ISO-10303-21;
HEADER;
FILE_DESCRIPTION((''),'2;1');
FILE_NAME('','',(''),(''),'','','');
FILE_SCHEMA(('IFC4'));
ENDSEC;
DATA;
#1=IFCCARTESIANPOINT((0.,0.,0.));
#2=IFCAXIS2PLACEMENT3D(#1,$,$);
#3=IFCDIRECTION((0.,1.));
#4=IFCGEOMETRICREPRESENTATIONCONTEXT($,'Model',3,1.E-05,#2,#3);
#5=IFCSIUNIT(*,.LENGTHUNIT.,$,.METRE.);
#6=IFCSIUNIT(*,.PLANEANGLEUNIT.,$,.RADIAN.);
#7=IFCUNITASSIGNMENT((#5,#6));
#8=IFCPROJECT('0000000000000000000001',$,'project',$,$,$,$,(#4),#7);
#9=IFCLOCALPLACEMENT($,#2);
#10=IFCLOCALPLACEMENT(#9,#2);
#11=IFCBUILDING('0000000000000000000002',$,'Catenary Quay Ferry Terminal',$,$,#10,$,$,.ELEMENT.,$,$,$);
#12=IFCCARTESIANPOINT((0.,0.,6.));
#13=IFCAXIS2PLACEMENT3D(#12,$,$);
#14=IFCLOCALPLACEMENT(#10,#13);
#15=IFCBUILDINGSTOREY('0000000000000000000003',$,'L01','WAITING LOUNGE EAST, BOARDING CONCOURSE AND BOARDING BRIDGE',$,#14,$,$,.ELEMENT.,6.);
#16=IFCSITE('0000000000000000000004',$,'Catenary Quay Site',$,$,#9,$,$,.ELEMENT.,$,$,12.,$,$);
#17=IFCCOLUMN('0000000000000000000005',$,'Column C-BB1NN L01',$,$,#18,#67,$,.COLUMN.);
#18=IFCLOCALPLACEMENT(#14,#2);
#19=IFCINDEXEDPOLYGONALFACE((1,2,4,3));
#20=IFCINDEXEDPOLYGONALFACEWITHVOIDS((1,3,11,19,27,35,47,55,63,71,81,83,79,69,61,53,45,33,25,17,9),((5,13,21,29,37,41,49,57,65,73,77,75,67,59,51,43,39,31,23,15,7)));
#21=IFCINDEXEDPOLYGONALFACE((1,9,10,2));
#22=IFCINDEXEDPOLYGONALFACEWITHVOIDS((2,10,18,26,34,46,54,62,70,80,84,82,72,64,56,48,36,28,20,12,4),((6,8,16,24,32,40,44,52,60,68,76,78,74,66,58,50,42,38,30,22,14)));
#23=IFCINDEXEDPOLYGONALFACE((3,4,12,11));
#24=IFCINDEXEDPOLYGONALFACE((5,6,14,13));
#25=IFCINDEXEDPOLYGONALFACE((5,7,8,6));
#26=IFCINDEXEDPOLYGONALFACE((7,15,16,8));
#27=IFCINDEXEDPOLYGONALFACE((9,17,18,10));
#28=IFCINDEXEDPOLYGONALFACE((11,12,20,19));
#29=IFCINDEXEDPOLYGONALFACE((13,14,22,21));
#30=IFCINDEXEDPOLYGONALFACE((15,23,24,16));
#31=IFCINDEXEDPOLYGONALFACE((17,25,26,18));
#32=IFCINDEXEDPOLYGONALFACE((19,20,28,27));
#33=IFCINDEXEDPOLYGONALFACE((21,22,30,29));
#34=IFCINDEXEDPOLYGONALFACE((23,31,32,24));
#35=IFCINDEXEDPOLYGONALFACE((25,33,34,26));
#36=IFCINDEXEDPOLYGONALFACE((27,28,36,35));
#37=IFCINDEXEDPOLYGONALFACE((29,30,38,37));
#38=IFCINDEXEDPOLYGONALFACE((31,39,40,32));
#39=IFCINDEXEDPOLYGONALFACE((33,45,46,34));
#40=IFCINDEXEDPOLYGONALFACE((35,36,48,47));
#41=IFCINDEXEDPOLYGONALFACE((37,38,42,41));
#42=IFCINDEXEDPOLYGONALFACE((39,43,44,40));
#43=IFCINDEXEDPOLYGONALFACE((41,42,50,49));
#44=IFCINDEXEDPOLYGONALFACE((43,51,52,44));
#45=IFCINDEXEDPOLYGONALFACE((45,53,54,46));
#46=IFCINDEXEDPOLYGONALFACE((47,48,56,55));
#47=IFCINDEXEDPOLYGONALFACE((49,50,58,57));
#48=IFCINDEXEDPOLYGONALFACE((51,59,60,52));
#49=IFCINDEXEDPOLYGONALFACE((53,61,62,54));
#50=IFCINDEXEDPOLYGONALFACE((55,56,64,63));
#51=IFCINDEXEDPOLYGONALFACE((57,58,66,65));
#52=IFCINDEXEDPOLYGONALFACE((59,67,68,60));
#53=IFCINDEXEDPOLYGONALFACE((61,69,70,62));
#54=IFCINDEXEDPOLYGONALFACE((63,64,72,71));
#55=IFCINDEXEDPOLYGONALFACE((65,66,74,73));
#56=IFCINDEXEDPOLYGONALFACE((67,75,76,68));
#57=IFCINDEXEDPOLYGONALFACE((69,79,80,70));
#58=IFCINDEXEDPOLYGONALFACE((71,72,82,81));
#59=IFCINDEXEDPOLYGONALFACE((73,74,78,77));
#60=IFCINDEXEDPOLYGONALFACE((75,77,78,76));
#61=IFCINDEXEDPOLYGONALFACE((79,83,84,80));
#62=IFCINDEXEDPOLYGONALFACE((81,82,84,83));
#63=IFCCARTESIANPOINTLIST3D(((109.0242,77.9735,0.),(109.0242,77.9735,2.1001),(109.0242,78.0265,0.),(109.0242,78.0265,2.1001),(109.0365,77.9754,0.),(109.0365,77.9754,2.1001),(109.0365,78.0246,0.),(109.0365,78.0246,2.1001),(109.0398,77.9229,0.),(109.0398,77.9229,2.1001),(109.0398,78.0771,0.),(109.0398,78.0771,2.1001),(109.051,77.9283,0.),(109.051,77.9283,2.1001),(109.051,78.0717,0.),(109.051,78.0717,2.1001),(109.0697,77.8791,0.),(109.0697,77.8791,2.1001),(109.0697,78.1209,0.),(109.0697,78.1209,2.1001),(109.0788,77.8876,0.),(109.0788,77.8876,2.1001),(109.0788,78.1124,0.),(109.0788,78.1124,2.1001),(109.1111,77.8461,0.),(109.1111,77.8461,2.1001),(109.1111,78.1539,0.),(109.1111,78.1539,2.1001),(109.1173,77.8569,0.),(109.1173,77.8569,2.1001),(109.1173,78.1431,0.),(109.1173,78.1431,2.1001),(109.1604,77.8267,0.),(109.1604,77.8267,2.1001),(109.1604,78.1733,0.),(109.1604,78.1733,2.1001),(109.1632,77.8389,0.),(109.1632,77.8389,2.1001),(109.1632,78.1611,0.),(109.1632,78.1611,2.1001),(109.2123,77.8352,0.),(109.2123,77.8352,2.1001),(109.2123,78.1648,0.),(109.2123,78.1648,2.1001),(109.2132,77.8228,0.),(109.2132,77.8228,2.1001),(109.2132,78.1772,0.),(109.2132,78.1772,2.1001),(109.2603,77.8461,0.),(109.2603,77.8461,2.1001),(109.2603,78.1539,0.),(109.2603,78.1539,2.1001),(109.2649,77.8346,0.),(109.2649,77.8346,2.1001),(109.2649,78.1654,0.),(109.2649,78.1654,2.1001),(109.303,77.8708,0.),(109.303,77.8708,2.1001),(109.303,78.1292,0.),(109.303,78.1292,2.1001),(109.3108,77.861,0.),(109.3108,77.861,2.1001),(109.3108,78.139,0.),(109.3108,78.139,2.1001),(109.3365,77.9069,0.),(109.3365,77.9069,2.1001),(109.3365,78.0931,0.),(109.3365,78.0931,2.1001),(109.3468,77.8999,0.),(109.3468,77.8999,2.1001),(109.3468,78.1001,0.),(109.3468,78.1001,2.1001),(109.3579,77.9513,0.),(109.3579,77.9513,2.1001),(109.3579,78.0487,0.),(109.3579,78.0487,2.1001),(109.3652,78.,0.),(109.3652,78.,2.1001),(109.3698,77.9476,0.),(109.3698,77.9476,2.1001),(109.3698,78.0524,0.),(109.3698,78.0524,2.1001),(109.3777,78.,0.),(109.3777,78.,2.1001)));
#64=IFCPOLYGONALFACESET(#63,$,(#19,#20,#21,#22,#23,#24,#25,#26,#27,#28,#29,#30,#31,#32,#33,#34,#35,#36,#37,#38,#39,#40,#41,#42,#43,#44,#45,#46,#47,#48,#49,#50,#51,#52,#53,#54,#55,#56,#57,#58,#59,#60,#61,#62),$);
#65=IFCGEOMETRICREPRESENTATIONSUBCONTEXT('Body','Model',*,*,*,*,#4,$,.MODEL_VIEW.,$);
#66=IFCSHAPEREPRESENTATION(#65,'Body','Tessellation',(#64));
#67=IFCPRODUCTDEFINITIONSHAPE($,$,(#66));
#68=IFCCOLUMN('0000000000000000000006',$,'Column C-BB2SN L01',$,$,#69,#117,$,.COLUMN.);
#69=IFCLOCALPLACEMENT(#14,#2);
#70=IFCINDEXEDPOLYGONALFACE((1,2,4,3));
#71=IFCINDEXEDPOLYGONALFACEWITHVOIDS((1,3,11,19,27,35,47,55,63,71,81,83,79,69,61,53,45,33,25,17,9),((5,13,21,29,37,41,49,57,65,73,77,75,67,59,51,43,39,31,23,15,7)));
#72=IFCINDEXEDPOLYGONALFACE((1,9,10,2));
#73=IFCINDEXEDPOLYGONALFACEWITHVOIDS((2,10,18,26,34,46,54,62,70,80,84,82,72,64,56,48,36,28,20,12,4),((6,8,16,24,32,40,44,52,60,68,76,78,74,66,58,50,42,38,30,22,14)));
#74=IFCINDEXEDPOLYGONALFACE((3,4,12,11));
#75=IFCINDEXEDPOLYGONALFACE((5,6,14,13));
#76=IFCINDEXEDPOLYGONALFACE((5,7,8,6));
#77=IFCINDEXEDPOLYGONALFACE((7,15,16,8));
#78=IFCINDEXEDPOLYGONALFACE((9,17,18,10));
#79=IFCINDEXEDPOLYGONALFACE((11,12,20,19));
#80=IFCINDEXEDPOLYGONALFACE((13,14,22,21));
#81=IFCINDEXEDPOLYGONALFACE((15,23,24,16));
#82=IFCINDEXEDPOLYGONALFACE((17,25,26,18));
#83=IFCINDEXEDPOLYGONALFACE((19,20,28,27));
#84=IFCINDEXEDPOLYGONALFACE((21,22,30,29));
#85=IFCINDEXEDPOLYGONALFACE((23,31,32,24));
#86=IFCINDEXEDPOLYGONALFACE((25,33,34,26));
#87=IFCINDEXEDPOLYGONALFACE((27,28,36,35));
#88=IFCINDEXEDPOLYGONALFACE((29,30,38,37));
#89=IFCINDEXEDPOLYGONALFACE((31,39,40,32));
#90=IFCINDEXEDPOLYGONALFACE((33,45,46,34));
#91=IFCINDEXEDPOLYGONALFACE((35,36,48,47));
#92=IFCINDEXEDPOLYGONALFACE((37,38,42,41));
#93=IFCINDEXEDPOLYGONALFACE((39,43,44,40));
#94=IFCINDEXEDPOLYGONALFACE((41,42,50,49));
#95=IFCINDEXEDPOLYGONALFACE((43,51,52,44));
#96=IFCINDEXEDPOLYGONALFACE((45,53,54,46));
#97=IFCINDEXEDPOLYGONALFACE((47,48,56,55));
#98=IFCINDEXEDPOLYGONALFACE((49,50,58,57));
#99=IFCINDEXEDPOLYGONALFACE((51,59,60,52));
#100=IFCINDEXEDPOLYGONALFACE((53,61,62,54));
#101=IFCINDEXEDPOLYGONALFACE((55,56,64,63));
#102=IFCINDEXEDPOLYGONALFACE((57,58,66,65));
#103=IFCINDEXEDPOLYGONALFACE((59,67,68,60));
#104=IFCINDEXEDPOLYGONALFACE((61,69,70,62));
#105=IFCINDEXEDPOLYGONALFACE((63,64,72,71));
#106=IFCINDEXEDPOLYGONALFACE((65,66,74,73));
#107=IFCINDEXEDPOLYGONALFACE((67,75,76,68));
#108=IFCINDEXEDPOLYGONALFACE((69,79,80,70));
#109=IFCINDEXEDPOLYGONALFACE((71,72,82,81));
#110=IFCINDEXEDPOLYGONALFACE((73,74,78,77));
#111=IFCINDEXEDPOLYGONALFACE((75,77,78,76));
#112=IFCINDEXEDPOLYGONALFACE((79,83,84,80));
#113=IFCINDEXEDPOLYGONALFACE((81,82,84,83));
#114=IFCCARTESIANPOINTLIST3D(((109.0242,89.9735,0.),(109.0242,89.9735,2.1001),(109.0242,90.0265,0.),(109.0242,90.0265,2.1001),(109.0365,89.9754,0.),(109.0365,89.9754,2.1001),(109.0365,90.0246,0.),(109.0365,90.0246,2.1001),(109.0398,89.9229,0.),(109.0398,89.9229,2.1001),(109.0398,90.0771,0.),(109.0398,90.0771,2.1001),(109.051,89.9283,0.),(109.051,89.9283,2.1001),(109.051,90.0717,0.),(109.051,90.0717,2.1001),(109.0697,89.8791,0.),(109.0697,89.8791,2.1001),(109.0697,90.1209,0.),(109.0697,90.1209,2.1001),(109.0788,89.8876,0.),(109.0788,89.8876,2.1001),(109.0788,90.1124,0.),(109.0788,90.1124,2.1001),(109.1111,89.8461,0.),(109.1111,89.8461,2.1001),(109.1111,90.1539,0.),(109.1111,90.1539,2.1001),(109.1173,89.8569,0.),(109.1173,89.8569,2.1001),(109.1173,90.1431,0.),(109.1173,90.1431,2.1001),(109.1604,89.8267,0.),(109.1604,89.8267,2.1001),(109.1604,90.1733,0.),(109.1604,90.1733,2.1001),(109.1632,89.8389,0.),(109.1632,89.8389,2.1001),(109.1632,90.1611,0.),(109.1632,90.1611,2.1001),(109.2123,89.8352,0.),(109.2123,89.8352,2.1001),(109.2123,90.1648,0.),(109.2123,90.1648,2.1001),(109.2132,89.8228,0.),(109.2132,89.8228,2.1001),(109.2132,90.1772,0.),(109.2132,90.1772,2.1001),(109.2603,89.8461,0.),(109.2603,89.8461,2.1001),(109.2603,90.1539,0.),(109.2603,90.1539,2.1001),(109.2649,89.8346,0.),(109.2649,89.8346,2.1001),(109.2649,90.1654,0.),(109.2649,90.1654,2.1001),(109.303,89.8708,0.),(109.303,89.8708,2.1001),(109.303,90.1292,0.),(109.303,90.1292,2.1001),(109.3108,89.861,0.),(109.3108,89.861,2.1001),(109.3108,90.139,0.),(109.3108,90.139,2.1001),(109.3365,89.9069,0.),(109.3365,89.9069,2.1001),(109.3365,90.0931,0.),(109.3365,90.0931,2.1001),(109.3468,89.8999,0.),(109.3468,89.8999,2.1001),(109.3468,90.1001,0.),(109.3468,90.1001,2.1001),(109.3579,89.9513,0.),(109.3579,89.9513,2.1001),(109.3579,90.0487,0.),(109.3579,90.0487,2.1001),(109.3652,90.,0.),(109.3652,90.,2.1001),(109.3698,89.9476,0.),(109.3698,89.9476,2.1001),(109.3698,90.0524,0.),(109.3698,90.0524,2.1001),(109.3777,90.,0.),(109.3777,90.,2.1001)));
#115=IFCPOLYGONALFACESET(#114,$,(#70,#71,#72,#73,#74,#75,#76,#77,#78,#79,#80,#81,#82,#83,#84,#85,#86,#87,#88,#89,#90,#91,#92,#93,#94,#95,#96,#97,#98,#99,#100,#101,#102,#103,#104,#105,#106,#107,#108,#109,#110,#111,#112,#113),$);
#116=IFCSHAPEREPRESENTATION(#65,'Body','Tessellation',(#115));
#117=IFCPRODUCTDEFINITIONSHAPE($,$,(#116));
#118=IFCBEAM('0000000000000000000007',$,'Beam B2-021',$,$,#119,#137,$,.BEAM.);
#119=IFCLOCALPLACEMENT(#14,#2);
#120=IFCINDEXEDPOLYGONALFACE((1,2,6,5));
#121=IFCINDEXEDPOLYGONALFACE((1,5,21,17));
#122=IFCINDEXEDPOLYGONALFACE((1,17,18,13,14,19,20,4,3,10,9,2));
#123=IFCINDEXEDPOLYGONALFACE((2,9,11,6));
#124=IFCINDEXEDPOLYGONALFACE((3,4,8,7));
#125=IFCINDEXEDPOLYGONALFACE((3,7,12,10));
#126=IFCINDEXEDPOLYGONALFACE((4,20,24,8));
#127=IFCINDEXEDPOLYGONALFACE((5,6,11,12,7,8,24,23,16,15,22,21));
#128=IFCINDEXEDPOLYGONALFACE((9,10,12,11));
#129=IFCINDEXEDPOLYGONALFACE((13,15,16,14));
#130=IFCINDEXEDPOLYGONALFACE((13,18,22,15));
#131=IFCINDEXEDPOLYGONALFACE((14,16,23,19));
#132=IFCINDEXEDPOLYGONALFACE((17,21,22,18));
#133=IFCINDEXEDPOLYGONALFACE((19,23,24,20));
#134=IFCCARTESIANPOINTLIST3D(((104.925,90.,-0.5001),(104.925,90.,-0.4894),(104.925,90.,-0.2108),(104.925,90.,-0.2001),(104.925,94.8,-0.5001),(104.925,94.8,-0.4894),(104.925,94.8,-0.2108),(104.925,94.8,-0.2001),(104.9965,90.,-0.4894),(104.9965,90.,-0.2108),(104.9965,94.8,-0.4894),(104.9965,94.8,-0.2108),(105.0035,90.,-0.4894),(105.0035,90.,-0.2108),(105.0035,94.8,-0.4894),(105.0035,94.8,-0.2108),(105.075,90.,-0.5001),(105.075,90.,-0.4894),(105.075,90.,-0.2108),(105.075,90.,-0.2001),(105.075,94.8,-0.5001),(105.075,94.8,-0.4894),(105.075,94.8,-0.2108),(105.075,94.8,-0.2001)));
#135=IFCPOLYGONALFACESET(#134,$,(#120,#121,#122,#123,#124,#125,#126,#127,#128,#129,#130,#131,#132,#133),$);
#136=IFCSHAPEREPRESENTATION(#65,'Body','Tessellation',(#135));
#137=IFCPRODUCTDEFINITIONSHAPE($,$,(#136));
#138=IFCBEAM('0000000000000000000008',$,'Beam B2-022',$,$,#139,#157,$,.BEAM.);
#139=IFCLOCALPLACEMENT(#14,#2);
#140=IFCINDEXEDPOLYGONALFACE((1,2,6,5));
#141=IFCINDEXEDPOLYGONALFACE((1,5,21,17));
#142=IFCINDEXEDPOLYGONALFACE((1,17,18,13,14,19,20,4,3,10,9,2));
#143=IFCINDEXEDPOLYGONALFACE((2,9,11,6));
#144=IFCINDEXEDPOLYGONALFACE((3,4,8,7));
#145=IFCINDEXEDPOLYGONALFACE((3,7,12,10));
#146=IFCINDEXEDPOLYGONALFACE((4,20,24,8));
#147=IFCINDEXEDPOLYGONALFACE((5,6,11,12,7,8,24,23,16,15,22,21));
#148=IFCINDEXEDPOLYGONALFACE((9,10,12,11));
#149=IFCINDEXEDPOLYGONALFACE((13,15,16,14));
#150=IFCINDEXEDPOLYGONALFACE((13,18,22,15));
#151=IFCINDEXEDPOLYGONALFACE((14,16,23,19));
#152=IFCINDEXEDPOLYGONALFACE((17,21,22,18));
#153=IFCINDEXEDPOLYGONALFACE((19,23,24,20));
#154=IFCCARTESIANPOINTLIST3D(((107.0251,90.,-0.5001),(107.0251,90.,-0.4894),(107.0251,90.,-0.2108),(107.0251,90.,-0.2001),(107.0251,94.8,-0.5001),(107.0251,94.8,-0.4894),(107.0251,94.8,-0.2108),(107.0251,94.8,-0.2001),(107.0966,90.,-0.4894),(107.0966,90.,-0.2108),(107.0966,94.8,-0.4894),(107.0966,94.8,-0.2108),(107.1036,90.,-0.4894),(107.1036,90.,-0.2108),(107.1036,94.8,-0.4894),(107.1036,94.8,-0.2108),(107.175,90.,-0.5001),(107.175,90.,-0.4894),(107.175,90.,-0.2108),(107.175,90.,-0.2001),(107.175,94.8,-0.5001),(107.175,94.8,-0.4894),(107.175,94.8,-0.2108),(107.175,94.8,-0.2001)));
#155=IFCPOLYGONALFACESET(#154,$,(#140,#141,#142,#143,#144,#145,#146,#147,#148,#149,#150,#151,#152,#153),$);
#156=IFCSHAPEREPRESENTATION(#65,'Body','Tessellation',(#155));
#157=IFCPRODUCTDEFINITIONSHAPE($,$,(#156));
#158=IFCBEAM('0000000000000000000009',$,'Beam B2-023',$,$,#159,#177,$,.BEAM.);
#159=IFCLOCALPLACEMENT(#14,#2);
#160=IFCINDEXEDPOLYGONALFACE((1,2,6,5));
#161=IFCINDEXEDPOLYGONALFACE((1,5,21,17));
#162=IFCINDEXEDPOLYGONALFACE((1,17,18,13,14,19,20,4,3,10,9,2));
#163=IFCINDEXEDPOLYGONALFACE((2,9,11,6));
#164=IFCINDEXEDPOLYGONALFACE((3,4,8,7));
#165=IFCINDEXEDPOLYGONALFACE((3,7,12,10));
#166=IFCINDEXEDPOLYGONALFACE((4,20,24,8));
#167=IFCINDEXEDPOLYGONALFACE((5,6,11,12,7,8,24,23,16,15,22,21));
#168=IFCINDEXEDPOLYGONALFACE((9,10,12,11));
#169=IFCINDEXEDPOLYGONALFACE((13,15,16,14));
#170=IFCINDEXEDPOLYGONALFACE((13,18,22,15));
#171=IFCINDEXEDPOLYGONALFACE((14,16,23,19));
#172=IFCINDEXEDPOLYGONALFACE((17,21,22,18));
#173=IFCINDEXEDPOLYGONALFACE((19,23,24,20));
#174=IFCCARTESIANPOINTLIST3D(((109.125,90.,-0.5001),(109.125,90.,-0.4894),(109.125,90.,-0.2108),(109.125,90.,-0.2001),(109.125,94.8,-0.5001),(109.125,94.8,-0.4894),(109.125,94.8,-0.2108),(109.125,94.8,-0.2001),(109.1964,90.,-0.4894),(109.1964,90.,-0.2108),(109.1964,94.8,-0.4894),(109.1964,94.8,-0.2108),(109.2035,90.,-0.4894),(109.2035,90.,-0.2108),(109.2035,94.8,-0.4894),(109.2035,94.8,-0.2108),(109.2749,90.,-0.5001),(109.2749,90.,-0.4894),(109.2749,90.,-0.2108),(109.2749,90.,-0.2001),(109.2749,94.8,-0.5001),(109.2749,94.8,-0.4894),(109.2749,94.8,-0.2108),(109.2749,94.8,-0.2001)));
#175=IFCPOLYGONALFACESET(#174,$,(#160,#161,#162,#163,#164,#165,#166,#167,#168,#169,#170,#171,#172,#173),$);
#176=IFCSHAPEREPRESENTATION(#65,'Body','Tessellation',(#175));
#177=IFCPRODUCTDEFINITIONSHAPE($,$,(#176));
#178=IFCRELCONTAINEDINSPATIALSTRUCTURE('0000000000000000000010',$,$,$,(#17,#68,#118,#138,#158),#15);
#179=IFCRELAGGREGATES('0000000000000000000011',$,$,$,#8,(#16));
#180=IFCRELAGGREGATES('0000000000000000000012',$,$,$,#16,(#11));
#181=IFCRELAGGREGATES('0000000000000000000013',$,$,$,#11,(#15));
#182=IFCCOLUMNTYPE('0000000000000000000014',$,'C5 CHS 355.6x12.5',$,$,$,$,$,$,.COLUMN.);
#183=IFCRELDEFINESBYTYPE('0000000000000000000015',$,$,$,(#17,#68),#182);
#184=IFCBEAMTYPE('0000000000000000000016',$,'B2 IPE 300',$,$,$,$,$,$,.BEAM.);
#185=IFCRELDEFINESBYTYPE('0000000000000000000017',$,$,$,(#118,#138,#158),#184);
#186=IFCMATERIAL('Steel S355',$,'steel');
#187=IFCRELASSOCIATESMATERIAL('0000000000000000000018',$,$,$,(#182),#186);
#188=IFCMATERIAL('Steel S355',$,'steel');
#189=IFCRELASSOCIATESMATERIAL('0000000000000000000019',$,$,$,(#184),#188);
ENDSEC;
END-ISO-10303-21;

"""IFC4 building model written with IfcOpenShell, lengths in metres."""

from ifc_helpers import new_model, si_unit, direction, frame, origin, origin_2d, place, context, subcontext, project, spatial, hollow_circle, i_section, extrude, material, material_profile, profile_set, type_object, element, save


model = new_model("IFC4")

# Units and contexts
model_context = context("Model", 3, precision=1e-05, world=origin(), true_north=direction((0.0, 1.0)))
body_context = subcontext(model_context, "Body", "Model", "MODEL_VIEW")
ifc_project = project(units=[si_unit("LENGTHUNIT", "METRE"), si_unit("PLANEANGLEUNIT", "RADIAN")], contexts=[model_context])

# Site, building, storey
site_placement = place(None, origin())
site = spatial("IfcSite", under=ifc_project, at=site_placement, Name="Catenary Quay Site", CompositionType="ELEMENT", RefElevation=12.0)
building_placement = place(site_placement, origin())
building = spatial("IfcBuilding", under=site, at=building_placement, Name="Catenary Quay Ferry Terminal", CompositionType="ELEMENT")
storey_placement = place(building_placement, frame((0.0, 0.0, 6.0)))
storey = spatial("IfcBuildingStorey", under=building, at=storey_placement, Name="L01", Description="WAITING LOUNGE EAST, BOARDING CONCOURSE AND BOARDING BRIDGE", CompositionType="ELEMENT", Elevation=6.0)

# Columns
ifc_material_1 = material(Name="Steel S355", Category="steel")
ifc_material_profile_1 = material_profile(ifc_material_1, hollow_circle(Radius=0.1777, WallThickness=0.0125, at=origin_2d()), Name="CHS 355.6x12.5")
ifc_profile_set_1 = profile_set([ifc_material_profile_1], Name="Steel S355")
column_type = type_object("IfcColumnType", Name="C5 CHS 355.6x12.5", PredefinedType="COLUMN", material=ifc_profile_set_1)
for number, where, z_axis, x_axis, name in (
    (1, (109.2, 78.0, 0.0), (0.0, 0.0, 1.0), (1.0, 0.0, 0.0), "Column C-BB1NN L01"),
    (2, (109.2, 90.0, 0.0), (0.0, 0.0, 1.0), (1.0, 0.0, 0.0), "Column C-BB2SN L01"),
):
    element("IfcColumn", number, at=place(storey_placement, frame(where, z_axis=z_axis, x_axis=x_axis)), inside=storey, type_object=column_type, Name=name, PredefinedType="COLUMN", context=body_context, shape_type="SweptSolid", body=[
        extrude(hollow_circle(Radius=0.1777, WallThickness=0.0125, at=origin_2d()), origin(), (0.0, 0.0, 1.0), 2.1001),
    ])

# Beams
ifc_material_2 = material(Name="Steel S355", Category="steel")
ifc_material_profile_2 = material_profile(ifc_material_2, i_section(OverallWidth=0.1499, OverallDepth=0.3, WebThickness=0.0071, FlangeThickness=0.0107, at=origin_2d()), Name="IPE 300")
ifc_profile_set_2 = profile_set([ifc_material_profile_2], Name="Steel S355")
beam_type_1 = type_object("IfcBeamType", Name="B2 IPE 300", PredefinedType="BEAM", material=ifc_profile_set_2)
for number, where, z_axis, x_axis, name in (
    (3, (105.0, 90.0, -0.3501), (0.0, 1.0, 0.0), (-1.0, 0.0, 0.0), "Beam B2-021"),
    (4, (107.1001, 90.0, -0.3501), (0.0, 1.0, 0.0), (-1.0, 0.0, 0.0), "Beam B2-022"),
    (5, (109.2, 90.0, -0.3501), (0.0, 1.0, 0.0), (-1.0, 0.0, 0.0), "Beam B2-023"),
):
    element("IfcBeam", number, at=place(storey_placement, frame(where, z_axis=z_axis, x_axis=x_axis)), inside=storey, type_object=beam_type_1, Name=name, PredefinedType="BEAM", context=body_context, shape_type="SweptSolid", body=[
        extrude(i_section(OverallWidth=0.1499, OverallDepth=0.3, WebThickness=0.0071, FlangeThickness=0.0107, at=origin_2d()), origin(), (0.0, 0.0, 1.0), 4.8),
    ])

save(model, "model.ifc")
